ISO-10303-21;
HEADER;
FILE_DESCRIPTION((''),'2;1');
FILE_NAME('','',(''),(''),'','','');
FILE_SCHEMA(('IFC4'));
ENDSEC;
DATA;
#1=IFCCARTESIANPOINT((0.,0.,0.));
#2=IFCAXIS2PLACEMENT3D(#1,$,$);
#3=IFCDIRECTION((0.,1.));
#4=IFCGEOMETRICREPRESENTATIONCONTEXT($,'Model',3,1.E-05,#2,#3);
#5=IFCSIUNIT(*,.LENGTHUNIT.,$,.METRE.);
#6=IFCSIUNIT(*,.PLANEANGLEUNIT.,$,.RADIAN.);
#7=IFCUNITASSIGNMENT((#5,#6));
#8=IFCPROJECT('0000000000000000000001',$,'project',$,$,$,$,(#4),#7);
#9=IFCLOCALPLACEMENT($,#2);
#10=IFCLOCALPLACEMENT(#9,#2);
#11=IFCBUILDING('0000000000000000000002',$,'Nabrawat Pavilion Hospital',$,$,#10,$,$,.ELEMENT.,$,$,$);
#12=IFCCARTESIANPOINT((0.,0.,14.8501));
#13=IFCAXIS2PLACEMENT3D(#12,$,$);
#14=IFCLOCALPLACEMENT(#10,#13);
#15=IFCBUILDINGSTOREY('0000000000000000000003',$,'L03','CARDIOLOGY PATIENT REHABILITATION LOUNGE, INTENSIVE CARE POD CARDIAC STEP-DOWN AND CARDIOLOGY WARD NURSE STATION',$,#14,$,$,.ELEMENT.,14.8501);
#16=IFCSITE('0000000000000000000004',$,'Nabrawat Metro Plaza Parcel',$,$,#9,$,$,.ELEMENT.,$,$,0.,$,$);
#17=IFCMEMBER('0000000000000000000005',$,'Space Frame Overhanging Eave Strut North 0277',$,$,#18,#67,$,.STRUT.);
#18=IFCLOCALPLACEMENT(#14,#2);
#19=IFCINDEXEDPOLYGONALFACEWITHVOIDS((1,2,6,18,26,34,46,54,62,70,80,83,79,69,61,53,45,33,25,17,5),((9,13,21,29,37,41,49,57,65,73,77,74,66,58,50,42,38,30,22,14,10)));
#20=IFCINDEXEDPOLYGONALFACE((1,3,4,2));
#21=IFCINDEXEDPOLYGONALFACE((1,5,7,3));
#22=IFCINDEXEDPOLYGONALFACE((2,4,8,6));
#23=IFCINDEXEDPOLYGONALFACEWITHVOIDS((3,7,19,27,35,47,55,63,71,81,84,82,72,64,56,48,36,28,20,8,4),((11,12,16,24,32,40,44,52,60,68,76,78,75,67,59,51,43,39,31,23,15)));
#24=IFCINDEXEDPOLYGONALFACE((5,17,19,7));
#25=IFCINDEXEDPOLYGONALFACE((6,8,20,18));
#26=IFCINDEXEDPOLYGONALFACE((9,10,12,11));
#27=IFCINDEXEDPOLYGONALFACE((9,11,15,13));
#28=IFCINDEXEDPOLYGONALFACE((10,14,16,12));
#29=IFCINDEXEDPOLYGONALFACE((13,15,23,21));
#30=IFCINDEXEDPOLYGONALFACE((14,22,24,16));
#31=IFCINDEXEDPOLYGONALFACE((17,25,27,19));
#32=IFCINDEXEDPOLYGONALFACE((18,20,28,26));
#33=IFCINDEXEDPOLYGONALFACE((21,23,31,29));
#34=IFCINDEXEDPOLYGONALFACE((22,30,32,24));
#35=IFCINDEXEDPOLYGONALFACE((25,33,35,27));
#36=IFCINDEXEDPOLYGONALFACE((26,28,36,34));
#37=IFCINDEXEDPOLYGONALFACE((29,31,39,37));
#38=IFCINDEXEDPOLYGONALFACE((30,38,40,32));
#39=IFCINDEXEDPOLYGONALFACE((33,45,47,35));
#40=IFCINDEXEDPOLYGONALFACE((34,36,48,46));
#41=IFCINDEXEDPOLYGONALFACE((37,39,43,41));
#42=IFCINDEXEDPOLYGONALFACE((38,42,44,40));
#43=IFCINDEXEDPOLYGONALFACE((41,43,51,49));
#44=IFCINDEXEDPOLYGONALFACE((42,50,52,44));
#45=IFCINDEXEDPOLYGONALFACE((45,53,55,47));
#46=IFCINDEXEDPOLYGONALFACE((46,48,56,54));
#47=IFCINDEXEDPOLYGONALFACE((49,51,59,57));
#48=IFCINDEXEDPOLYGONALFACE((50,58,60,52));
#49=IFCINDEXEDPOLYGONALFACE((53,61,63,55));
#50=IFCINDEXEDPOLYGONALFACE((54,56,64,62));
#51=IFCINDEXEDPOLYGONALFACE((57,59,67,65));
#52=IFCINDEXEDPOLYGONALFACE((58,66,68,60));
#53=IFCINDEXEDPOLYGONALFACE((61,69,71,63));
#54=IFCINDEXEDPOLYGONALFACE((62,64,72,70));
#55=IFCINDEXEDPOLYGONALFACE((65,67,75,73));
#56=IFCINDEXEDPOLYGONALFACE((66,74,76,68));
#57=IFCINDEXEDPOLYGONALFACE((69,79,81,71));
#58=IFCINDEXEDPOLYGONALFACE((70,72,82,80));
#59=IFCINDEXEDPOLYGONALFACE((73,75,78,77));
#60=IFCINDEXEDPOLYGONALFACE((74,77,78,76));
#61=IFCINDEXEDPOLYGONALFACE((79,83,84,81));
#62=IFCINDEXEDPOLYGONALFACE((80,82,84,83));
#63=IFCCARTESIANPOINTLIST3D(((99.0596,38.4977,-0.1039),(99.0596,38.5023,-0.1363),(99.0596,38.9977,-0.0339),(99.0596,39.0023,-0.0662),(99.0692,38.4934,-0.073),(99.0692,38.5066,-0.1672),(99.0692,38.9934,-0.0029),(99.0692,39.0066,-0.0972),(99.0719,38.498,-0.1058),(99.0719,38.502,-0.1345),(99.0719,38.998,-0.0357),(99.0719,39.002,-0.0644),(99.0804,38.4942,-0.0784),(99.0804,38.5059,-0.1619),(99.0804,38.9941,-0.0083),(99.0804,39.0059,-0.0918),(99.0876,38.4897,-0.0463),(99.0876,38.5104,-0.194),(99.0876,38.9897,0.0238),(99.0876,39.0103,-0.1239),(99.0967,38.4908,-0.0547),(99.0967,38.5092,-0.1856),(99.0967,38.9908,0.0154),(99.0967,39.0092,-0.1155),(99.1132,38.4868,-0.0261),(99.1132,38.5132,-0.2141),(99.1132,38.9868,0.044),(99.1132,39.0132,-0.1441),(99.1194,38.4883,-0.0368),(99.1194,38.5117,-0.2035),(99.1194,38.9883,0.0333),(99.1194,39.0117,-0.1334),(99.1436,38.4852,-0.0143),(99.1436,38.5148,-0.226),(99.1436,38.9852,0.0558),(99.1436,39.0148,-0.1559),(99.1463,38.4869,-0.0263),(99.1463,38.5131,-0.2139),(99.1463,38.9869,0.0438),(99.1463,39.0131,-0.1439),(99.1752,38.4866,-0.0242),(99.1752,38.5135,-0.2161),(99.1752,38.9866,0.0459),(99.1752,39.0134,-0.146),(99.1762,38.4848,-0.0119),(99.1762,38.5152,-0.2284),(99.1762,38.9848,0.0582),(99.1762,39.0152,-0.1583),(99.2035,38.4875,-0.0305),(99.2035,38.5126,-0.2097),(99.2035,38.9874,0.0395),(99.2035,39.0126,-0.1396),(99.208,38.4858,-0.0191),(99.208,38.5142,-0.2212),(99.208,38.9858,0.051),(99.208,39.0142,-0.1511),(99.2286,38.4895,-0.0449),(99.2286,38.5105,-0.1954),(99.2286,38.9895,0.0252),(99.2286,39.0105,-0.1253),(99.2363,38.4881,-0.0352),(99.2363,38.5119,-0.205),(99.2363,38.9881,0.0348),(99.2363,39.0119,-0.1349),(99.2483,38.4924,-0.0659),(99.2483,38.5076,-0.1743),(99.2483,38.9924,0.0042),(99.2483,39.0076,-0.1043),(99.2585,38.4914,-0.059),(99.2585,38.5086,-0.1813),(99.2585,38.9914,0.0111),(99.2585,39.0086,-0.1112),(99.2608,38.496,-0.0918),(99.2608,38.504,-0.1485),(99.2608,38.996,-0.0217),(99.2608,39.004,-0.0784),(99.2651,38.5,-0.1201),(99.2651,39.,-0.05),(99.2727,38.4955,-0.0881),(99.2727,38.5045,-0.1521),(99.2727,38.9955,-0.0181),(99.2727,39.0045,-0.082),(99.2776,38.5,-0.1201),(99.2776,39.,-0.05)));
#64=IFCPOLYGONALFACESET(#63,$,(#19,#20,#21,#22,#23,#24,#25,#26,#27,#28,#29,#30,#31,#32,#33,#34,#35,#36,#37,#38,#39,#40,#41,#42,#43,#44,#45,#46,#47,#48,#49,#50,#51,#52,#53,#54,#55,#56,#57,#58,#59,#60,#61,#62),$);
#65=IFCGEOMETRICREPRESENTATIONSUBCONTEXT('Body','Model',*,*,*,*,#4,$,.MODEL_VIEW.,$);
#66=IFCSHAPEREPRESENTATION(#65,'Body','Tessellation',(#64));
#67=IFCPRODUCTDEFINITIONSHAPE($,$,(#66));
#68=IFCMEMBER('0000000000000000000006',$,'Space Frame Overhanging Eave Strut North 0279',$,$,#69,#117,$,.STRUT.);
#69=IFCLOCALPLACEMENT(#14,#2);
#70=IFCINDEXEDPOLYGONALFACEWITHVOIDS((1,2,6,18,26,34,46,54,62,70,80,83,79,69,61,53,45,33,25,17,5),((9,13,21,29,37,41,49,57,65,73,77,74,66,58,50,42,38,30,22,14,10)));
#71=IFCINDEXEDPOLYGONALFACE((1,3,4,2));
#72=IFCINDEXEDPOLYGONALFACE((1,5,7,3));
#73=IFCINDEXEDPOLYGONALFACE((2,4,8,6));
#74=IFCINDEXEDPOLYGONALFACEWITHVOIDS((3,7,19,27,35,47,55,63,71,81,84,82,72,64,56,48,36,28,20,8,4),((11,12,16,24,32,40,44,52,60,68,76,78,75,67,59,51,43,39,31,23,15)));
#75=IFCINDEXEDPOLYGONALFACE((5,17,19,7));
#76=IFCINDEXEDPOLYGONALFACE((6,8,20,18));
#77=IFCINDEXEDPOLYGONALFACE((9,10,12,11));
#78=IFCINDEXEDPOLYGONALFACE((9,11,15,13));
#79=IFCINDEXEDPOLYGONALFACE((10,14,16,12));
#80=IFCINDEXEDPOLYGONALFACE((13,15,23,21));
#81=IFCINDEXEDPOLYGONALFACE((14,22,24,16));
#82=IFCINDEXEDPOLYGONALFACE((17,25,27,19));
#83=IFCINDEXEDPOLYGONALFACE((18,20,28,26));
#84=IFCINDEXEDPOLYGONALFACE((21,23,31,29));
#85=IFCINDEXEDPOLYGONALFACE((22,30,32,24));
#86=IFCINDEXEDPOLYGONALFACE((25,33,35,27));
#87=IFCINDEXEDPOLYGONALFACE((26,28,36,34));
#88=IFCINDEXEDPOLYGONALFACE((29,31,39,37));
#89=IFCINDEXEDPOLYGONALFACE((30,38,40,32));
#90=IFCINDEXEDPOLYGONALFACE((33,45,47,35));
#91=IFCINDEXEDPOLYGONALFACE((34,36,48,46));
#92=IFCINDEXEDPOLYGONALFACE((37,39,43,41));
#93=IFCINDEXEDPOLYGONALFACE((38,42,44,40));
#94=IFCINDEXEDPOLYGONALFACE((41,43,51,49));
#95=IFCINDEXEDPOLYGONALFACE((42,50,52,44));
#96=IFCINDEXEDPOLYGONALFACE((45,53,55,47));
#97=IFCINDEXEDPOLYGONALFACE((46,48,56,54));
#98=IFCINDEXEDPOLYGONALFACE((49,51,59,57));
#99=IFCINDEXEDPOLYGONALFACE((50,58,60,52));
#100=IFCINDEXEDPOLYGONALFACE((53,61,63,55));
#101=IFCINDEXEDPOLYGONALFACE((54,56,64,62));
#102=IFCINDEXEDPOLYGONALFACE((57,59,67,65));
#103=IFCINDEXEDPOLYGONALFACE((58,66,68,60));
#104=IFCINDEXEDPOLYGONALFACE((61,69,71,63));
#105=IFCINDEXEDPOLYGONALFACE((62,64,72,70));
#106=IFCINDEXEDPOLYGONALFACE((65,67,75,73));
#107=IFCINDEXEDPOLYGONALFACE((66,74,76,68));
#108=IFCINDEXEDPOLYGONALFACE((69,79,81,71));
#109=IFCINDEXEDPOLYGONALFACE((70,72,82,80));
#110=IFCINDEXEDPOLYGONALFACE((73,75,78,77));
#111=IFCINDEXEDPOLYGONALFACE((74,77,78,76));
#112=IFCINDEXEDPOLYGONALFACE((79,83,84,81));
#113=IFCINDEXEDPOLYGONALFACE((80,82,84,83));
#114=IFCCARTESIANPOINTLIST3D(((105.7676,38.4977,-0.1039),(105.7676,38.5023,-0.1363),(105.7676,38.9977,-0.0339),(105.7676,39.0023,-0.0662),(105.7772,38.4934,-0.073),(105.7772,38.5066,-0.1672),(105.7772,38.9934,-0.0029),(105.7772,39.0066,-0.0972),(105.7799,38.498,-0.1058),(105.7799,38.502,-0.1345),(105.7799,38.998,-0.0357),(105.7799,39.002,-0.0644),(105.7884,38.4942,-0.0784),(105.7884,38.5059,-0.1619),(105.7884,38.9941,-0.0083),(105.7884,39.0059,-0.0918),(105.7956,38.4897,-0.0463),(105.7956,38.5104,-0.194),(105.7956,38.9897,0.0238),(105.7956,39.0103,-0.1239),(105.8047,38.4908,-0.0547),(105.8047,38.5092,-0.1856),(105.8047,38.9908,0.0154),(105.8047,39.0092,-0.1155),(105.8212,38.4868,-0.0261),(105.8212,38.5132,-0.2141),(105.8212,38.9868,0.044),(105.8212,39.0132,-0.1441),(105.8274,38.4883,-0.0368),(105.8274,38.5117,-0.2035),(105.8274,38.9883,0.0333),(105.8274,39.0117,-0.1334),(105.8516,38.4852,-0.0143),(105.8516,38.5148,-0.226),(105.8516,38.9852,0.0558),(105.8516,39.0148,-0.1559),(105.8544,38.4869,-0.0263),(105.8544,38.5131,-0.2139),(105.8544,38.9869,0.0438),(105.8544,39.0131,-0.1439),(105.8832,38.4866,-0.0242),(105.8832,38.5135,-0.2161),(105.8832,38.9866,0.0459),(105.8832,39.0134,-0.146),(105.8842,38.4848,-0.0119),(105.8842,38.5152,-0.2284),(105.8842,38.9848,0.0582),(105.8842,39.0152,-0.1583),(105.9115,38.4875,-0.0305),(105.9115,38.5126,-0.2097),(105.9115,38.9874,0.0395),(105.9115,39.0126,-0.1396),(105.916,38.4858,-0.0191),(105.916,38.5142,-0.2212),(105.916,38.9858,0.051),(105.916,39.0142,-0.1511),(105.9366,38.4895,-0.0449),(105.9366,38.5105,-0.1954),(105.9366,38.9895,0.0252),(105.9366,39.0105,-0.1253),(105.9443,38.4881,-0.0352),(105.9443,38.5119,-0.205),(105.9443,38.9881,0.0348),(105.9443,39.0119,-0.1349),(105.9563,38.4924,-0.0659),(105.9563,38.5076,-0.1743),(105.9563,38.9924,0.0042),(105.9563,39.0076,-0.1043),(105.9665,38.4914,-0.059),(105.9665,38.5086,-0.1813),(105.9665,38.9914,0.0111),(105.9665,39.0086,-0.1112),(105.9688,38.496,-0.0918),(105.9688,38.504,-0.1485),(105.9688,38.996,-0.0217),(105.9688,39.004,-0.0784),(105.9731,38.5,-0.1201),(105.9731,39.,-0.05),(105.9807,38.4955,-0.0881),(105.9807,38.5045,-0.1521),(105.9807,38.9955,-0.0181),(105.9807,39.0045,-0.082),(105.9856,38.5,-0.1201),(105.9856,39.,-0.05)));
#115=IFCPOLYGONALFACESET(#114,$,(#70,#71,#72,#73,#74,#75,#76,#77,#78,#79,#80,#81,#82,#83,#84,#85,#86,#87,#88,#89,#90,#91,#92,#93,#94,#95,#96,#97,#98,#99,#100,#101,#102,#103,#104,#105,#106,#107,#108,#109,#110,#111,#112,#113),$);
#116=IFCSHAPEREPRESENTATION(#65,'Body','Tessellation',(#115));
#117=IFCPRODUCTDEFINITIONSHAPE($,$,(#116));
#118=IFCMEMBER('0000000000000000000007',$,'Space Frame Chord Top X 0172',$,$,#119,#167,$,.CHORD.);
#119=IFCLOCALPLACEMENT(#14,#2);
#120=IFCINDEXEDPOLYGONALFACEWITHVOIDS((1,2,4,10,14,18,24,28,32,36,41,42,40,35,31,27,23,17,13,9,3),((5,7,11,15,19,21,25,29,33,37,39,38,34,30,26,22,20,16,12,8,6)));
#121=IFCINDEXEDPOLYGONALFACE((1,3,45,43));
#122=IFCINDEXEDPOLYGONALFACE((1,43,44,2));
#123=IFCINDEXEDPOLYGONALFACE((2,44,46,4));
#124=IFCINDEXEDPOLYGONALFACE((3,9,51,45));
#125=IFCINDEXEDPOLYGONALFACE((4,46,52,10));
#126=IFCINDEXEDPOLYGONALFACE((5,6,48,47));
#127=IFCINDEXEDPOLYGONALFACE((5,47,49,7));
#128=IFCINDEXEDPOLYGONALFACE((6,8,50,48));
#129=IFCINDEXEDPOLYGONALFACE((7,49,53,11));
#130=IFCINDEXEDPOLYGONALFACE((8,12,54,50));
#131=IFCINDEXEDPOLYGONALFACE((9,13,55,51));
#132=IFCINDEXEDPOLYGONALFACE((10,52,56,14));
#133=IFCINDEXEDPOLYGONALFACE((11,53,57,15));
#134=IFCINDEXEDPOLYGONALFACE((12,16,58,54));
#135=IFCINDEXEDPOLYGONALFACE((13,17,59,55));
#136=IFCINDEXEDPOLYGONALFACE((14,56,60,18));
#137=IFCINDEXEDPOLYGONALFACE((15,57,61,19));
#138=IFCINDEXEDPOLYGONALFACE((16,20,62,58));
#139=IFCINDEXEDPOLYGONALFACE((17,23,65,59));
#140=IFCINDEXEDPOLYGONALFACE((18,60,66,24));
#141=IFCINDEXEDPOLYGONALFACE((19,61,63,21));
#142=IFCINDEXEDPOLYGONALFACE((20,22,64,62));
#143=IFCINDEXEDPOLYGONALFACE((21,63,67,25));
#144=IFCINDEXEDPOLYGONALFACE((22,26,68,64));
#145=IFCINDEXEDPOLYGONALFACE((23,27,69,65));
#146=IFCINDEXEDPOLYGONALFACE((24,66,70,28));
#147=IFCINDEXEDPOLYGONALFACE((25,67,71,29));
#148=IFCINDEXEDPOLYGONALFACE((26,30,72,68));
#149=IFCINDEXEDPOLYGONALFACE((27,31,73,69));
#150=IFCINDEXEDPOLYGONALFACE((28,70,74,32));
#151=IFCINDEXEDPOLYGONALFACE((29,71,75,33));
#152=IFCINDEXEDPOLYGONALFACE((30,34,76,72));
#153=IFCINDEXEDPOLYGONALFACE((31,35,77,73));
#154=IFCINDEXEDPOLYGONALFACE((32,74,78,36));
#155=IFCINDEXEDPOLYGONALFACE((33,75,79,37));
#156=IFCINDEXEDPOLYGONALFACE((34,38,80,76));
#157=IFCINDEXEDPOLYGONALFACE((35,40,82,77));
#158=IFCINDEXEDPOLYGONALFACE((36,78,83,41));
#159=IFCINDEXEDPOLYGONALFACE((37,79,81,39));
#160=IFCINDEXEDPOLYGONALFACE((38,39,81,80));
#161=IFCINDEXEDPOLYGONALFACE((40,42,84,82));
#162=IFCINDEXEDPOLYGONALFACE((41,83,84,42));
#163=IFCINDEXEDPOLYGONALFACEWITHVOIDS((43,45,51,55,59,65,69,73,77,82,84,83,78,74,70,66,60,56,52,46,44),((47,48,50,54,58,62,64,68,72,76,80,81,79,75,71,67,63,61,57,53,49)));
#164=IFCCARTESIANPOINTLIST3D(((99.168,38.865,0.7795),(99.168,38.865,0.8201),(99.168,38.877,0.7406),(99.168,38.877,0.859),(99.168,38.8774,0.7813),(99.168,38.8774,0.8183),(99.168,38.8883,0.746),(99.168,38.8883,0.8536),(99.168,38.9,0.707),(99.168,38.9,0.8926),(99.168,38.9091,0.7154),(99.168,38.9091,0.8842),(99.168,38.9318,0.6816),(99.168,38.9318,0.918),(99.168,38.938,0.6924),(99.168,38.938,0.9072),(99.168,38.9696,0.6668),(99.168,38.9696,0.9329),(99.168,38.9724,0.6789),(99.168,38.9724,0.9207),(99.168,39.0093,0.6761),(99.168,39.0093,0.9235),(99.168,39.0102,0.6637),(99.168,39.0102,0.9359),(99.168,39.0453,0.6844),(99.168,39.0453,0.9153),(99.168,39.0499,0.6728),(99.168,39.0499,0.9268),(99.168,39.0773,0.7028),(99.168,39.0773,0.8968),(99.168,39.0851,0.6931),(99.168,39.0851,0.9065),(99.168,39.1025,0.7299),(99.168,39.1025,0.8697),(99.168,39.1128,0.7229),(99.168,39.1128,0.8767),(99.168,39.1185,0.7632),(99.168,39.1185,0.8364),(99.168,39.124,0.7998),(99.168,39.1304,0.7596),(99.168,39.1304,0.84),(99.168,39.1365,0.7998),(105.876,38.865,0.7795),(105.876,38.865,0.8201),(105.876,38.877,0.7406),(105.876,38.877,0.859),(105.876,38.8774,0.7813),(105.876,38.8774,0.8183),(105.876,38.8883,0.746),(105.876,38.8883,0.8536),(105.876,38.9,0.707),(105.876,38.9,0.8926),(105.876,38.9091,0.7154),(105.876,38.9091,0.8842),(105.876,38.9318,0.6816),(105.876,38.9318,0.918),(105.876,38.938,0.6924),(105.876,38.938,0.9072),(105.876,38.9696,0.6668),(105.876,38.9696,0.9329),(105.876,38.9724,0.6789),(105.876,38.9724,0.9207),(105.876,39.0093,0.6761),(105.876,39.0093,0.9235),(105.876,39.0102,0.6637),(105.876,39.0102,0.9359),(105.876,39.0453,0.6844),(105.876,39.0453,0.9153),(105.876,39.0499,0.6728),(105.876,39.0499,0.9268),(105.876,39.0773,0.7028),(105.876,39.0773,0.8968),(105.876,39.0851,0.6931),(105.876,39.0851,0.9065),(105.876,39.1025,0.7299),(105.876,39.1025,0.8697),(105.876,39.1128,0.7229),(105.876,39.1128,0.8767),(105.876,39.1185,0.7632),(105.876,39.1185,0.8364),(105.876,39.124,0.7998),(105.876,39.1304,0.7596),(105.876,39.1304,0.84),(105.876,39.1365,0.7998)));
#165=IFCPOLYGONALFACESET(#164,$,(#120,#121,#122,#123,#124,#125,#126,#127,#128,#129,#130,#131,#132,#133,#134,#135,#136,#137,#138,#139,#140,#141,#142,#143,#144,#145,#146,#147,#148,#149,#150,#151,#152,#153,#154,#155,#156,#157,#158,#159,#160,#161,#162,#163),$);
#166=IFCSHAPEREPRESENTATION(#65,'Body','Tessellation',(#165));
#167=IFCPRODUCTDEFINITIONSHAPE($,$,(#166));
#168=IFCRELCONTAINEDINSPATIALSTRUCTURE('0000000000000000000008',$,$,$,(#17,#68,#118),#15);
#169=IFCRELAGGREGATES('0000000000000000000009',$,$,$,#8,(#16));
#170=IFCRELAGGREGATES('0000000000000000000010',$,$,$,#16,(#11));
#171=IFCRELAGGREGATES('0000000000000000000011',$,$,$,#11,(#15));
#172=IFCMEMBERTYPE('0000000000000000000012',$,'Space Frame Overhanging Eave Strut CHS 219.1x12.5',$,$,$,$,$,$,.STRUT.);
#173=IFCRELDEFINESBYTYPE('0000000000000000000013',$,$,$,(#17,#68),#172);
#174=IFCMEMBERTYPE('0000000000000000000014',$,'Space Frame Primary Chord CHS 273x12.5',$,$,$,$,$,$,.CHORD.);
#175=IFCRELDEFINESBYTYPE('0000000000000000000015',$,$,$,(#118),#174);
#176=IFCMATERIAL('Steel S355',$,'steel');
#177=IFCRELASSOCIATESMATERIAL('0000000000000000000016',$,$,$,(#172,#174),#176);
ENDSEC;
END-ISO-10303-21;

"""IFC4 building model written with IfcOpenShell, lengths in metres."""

from ifc_helpers import new_model, si_unit, direction, frame, origin, origin_2d, place, context, subcontext, project, spatial, hollow_circle, extrude, material, material_profile, profile_set, type_object, element, save


model = new_model("IFC4")

# Units and contexts
model_context = context("Model", 3, precision=1e-05, world=origin(), true_north=direction((0.0, 1.0)))
body_context = subcontext(model_context, "Body", "Model", "MODEL_VIEW")
ifc_project = project(units=[si_unit("LENGTHUNIT", "METRE"), si_unit("PLANEANGLEUNIT", "RADIAN")], contexts=[model_context])

# Site, building, storey
site_placement = place(None, origin())
site = spatial("IfcSite", under=ifc_project, at=site_placement, Name="Nabrawat Metro Plaza Parcel", CompositionType="ELEMENT", RefElevation=0.0)
building_placement = place(site_placement, origin())
building = spatial("IfcBuilding", under=site, at=building_placement, Name="Nabrawat Pavilion Hospital", CompositionType="ELEMENT")
storey_placement = place(building_placement, frame((0.0, 0.0, 14.8501)))
storey = spatial("IfcBuildingStorey", under=building, at=storey_placement, Name="L03", Description="CARDIOLOGY PATIENT REHABILITATION LOUNGE, INTENSIVE CARE POD CARDIAC STEP-DOWN AND CARDIOLOGY WARD NURSE STATION", CompositionType="ELEMENT", Elevation=14.8501)

# Shared definitions
ifc_material = material(Name="Steel S355", Category="steel")

# Members
ifc_material_profile_1 = material_profile(ifc_material, hollow_circle(Radius=0.1096, WallThickness=0.0125, at=origin_2d()), Name="CHS 219.1x12.5")
ifc_profile_set_1 = profile_set([ifc_material_profile_1], Name="Steel S355")
member_type_1 = type_object("IfcMemberType", Name="Space Frame Overhanging Eave Strut CHS 219.1x12.5", PredefinedType="STRUT", material=ifc_profile_set_1)
for number, where, z_axis, x_axis, name in (
    (1, (99.168, 39.0, -0.05), (0.0, -0.990323, -0.138781), (1.0, 0.0, 0.0), "Space Frame Overhanging Eave Strut North 0277"),
    (2, (105.876, 39.0, -0.05), (0.0, -0.990323, -0.138781), (1.0, 0.0, 0.0), "Space Frame Overhanging Eave Strut North 0279"),
):
    element("IfcMember", number, at=place(storey_placement, frame(where, z_axis=z_axis, x_axis=x_axis)), inside=storey, type_object=member_type_1, Name=name, PredefinedType="STRUT", context=body_context, shape_type="SweptSolid", body=[
        extrude(hollow_circle(Radius=0.1096, WallThickness=0.0125, at=origin_2d()), origin(), (0.0, 0.0, 1.0), 0.5049),
    ])
ifc_material_profile_2 = material_profile(ifc_material, hollow_circle(Radius=0.1365, WallThickness=0.0125, at=origin_2d()), Name="CHS 273x12.5")
ifc_profile_set_2 = profile_set([ifc_material_profile_2], Name="Steel S355")
member_type_2 = type_object("IfcMemberType", Name="Space Frame Primary Chord CHS 273x12.5", PredefinedType="CHORD", material=ifc_profile_set_2)
for number, where, z_axis, x_axis, name in (
    (3, (99.168, 39.0, 0.7998), (1.0, 0.0, 0.0), (0.0, 1.0, 0.0), "Space Frame Chord Top X 0172"),
):
    element("IfcMember", number, at=place(storey_placement, frame(where, z_axis=z_axis, x_axis=x_axis)), inside=storey, type_object=member_type_2, Name=name, PredefinedType="CHORD", context=body_context, shape_type="SweptSolid", body=[
        extrude(hollow_circle(Radius=0.1365, WallThickness=0.0125, at=origin_2d()), origin(), (0.0, 0.0, 1.0), 6.708),
    ])

save(model, "model.ifc")
